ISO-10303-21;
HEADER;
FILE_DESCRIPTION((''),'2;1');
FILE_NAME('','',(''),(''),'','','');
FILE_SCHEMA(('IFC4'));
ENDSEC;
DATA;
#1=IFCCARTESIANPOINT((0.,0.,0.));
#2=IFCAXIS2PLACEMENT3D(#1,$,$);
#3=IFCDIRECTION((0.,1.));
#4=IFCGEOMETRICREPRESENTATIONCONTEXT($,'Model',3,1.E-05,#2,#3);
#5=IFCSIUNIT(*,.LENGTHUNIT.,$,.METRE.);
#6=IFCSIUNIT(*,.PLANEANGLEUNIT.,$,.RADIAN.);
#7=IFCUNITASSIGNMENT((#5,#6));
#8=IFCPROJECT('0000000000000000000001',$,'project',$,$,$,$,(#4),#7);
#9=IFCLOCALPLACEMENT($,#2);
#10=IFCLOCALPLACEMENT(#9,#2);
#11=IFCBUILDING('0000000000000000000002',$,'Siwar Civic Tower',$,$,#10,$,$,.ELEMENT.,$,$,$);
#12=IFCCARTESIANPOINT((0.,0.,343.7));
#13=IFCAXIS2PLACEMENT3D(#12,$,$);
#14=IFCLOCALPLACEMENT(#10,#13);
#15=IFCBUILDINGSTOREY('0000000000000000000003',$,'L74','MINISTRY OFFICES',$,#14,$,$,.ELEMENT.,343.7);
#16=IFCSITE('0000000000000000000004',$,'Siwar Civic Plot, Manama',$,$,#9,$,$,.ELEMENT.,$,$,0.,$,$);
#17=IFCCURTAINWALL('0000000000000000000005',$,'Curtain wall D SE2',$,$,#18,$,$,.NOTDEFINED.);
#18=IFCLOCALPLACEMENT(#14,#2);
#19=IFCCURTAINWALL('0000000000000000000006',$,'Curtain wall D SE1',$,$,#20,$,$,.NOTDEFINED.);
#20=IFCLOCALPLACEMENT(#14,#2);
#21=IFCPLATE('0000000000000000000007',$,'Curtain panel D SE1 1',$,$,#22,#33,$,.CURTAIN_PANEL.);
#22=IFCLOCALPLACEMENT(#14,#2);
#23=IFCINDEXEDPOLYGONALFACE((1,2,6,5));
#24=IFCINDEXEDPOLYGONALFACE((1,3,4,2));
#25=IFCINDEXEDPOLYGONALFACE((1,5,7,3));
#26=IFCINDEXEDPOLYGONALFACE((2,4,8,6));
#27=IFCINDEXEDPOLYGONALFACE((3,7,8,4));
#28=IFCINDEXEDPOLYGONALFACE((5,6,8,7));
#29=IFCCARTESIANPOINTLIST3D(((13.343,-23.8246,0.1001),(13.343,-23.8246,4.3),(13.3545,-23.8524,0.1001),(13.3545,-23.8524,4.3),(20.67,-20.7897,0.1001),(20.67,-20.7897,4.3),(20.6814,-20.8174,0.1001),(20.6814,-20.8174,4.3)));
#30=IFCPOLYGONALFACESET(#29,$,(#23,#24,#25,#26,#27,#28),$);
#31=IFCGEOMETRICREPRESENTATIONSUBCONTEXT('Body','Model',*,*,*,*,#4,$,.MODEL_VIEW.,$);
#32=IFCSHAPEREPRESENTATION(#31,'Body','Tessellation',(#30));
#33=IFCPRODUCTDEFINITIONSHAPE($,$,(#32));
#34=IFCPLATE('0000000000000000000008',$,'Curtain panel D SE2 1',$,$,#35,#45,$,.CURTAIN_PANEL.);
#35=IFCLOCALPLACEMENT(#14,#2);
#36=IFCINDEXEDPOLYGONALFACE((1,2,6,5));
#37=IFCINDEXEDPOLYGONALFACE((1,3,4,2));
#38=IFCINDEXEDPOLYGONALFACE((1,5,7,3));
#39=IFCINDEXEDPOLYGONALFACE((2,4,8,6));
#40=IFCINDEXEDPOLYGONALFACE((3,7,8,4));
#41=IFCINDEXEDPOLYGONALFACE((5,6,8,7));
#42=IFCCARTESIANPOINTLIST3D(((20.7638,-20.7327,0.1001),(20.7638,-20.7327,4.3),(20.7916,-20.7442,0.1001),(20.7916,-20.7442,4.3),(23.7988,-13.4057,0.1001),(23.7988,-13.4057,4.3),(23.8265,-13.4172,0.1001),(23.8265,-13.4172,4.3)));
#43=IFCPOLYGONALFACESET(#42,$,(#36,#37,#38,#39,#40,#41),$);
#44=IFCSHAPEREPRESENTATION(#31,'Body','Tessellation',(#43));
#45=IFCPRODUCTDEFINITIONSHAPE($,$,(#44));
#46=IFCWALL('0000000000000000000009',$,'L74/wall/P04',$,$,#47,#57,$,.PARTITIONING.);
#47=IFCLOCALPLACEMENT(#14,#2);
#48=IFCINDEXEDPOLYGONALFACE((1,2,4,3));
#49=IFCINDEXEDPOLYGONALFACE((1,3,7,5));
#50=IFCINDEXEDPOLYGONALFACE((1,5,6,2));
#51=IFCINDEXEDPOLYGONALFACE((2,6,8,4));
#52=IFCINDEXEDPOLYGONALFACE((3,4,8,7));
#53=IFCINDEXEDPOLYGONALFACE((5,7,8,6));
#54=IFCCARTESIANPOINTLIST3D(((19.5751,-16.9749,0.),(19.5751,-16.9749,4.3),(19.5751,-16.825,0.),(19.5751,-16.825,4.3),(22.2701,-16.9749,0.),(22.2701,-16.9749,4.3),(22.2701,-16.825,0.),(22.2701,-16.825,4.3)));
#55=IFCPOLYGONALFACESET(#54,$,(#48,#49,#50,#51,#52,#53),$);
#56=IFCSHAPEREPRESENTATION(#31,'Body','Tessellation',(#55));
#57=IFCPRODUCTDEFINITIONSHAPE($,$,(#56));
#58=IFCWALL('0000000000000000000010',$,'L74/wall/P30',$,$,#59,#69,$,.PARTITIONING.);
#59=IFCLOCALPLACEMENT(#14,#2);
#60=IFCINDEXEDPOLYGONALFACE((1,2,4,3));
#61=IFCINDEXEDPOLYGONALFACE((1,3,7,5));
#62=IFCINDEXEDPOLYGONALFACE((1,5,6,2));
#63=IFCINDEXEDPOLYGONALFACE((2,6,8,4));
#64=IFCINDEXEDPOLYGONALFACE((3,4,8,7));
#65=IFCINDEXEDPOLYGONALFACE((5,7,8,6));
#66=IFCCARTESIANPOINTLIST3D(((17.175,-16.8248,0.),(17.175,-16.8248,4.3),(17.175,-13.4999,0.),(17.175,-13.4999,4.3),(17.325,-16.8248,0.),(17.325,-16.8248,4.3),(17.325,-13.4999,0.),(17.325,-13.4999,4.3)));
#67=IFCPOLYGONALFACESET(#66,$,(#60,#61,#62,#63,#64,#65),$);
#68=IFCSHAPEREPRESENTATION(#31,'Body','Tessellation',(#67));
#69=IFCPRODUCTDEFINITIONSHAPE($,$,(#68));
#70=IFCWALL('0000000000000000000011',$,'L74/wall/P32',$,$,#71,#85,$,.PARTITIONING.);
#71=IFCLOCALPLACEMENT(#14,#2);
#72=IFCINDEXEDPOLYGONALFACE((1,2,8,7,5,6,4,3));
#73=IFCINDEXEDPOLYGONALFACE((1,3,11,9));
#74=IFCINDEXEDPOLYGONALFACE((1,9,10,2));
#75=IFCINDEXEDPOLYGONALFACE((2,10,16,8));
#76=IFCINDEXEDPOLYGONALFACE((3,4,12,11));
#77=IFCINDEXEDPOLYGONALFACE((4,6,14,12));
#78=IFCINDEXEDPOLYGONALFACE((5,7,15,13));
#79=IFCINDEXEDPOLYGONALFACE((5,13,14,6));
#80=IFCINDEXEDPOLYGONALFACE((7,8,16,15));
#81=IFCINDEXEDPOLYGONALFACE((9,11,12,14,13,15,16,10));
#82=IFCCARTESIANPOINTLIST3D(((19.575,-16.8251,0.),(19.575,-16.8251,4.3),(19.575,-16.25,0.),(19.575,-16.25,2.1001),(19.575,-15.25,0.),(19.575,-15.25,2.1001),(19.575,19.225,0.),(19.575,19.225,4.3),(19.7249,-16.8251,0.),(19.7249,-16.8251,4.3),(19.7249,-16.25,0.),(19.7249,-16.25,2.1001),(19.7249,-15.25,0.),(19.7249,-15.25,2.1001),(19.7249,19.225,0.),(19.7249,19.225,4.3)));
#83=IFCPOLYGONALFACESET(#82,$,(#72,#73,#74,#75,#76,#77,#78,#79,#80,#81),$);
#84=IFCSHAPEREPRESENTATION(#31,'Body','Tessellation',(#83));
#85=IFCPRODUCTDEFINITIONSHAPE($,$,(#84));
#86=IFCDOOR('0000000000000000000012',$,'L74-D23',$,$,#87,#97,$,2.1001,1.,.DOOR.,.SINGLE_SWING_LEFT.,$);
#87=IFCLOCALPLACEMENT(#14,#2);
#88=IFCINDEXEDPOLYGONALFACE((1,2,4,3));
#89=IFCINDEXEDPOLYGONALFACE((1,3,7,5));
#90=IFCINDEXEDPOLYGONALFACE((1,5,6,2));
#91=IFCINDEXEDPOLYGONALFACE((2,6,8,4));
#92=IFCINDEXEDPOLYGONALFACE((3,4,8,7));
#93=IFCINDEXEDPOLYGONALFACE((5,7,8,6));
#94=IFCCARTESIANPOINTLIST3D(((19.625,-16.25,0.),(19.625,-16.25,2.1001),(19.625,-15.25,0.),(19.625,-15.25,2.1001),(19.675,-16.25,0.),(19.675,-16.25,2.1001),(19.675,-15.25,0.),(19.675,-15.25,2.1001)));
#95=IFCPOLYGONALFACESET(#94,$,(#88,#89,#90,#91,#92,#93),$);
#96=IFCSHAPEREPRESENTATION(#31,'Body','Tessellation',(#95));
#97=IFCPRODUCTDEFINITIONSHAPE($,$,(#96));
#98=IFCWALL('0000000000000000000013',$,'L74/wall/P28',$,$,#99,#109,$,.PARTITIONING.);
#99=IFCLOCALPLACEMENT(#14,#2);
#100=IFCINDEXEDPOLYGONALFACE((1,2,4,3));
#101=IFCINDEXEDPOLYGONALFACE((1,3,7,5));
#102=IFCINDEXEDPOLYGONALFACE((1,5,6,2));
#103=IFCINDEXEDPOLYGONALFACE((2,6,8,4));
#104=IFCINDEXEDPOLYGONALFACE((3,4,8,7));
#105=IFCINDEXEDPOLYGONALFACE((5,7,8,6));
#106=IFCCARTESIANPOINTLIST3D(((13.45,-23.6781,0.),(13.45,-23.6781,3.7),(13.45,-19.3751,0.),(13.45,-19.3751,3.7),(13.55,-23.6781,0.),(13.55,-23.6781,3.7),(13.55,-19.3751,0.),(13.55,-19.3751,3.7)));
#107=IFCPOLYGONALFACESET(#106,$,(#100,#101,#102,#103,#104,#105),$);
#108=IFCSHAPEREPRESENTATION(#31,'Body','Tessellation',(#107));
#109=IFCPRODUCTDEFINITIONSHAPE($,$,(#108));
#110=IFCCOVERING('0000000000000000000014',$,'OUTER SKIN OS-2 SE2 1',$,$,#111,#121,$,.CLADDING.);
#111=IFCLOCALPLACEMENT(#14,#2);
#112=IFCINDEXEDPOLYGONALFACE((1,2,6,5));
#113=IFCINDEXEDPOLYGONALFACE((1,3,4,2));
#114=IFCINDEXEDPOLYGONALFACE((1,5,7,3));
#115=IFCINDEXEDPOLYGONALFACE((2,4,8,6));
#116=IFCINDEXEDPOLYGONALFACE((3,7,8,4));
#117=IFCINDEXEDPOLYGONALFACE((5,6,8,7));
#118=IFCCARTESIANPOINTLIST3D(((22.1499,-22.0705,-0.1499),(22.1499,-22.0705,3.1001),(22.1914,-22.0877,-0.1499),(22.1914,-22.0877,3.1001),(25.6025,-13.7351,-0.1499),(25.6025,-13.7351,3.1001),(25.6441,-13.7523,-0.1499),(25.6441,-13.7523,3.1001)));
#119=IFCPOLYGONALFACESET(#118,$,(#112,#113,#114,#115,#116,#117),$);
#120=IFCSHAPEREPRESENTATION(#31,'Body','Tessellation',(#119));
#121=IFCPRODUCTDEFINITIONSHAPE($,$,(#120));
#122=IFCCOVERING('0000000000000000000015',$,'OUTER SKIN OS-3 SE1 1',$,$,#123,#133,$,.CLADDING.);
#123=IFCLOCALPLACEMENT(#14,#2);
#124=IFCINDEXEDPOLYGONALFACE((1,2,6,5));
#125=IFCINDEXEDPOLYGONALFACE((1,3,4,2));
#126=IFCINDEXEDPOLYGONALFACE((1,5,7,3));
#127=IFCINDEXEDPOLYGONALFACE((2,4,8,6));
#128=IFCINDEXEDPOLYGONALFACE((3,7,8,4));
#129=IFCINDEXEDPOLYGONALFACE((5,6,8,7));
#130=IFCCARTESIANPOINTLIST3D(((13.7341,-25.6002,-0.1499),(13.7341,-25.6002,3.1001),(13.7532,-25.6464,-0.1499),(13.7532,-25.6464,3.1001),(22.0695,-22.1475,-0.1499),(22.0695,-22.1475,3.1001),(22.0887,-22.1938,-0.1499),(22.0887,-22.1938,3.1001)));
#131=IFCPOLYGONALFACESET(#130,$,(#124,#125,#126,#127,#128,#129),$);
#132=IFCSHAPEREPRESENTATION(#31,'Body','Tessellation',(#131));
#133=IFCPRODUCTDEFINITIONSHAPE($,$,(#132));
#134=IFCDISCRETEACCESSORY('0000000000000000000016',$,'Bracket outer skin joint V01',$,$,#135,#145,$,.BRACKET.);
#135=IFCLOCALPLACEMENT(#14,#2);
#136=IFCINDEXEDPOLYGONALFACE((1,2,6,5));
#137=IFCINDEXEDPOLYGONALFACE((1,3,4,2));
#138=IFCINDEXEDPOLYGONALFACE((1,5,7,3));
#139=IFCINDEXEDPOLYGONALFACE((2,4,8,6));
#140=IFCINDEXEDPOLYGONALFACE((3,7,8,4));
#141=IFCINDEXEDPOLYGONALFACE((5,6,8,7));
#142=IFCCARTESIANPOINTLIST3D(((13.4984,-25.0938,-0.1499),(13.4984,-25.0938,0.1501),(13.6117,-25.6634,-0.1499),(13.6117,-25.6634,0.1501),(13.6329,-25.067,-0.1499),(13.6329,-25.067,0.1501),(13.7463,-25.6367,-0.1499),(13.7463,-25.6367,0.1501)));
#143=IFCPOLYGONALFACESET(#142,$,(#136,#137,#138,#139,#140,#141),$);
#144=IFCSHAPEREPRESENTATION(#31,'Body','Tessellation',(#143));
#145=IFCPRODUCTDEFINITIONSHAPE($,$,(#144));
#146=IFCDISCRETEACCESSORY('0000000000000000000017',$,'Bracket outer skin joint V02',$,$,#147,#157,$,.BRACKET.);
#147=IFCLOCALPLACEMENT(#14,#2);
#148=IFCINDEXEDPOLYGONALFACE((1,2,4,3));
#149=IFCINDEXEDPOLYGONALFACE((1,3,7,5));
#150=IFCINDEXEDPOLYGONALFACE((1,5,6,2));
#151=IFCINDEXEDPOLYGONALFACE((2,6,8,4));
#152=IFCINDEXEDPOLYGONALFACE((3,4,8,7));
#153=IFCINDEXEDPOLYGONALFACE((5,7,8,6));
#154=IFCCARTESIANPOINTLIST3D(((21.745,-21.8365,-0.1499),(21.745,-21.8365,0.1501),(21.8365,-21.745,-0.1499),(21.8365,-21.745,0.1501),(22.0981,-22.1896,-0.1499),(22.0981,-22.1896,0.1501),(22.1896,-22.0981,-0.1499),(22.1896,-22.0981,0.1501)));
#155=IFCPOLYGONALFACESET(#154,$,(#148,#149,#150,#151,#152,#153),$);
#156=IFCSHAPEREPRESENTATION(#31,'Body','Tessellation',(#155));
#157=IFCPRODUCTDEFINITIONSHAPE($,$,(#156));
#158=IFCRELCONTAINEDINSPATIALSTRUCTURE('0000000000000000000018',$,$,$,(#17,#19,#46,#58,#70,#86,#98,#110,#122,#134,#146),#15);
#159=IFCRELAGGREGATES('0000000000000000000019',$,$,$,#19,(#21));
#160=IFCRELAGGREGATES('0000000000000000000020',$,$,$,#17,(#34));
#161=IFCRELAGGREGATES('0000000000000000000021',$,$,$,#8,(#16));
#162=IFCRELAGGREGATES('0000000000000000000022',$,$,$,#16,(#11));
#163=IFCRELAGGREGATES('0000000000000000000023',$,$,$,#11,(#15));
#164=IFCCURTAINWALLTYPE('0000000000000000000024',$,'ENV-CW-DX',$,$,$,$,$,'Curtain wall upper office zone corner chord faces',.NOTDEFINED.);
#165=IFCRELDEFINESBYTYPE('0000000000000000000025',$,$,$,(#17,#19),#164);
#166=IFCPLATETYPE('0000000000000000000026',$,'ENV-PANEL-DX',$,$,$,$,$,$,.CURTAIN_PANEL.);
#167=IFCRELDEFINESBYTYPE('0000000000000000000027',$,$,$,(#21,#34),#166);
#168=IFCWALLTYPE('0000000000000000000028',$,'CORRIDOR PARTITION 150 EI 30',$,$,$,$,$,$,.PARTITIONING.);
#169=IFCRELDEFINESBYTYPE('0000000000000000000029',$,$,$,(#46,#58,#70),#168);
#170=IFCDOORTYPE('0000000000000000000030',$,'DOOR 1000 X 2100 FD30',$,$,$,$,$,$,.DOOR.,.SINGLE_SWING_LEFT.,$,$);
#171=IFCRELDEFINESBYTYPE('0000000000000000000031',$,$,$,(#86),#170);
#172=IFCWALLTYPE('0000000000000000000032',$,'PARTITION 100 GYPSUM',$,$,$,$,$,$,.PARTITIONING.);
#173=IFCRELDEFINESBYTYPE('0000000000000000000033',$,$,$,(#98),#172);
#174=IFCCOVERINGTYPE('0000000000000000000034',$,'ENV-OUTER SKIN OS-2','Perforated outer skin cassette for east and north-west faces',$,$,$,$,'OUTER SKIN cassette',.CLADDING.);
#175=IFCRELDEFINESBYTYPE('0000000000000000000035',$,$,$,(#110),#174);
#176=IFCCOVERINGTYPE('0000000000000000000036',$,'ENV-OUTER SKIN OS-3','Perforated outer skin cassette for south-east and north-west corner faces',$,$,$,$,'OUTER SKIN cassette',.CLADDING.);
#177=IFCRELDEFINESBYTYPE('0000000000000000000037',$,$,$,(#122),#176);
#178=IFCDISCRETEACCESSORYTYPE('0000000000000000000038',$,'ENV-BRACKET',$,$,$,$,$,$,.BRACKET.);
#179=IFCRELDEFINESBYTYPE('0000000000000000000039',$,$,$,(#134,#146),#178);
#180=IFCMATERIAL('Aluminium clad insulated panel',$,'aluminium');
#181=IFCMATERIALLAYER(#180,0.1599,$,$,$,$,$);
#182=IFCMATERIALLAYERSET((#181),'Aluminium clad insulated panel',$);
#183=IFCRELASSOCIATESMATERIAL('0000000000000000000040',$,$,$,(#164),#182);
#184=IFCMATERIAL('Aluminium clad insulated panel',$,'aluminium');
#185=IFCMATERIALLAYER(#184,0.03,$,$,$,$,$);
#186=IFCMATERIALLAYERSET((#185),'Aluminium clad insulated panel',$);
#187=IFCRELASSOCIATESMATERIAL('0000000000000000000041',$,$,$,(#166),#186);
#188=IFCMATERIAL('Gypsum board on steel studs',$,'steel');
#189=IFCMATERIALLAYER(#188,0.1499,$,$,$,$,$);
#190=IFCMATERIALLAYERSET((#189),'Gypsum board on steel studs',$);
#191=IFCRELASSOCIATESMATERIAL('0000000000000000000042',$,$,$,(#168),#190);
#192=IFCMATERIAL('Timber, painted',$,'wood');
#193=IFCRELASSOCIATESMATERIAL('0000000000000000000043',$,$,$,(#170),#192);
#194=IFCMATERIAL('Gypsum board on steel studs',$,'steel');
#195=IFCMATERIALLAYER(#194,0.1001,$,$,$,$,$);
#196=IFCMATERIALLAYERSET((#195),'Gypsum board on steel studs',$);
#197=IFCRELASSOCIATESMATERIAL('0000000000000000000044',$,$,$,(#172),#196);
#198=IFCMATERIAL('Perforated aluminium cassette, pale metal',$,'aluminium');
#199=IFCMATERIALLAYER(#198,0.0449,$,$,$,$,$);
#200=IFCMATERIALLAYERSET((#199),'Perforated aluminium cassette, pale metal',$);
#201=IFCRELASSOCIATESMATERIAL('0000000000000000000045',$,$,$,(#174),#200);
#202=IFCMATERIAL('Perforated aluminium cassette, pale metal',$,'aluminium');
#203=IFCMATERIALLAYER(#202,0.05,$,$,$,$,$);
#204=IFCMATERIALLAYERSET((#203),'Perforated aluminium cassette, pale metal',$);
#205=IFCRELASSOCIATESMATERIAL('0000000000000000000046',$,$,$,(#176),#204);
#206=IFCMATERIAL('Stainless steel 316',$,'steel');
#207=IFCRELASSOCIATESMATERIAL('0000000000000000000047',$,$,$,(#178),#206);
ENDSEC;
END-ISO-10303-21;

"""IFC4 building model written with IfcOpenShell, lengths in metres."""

from ifc_helpers import new_model, si_unit, direction, frame, frame_2d, origin, origin_2d, place, context, subcontext, project, spatial, rectangle, extrude, material, layer, layer_set, type_object, element, fill, aggregate, save


model = new_model("IFC4")

# Units and contexts
model_context = context("Model", 3, precision=1e-05, world=origin(), true_north=direction((0.0, 1.0)))
body_context = subcontext(model_context, "Body", "Model", "MODEL_VIEW")
ifc_project = project(units=[si_unit("LENGTHUNIT", "METRE"), si_unit("PLANEANGLEUNIT", "RADIAN")], contexts=[model_context])

# Site, building, storey
site_placement = place(None, origin())
site = spatial("IfcSite", under=ifc_project, at=site_placement, Name="Siwar Civic Plot, Manama", CompositionType="ELEMENT", RefElevation=0.0)
building_placement = place(site_placement, origin())
building = spatial("IfcBuilding", under=site, at=building_placement, Name="Siwar Civic Tower", CompositionType="ELEMENT")
storey_placement = place(building_placement, frame((0.0, 0.0, 343.7)))
storey = spatial("IfcBuildingStorey", under=building, at=storey_placement, Name="L74", Description="MINISTRY OFFICES", CompositionType="ELEMENT", Elevation=343.7)

# Curtain wall
ifc_material_1 = material(Name="Aluminium clad insulated panel", Category="aluminium")
ifc_layer_1 = layer(ifc_material_1, 0.1599)
ifc_layer_set_1 = layer_set([ifc_layer_1], Name="Aluminium clad insulated panel")
curtain_wall_type = type_object("IfcCurtainWallType", Name="ENV-CW-DX", ElementType="Curtain wall upper office zone corner chord faces", PredefinedType="NOTDEFINED", material=ifc_layer_set_1)
curtain_wall_1_placement = place(storey_placement, origin())
curtain_wall_1 = element("IfcCurtainWall", 1, at=curtain_wall_1_placement, inside=storey, type_object=curtain_wall_type, Name="Curtain wall D SE2", PredefinedType="NOTDEFINED")

# Curtain wall, plate
curtain_wall_2_placement = place(storey_placement, origin())
curtain_wall_2 = element("IfcCurtainWall", 2, at=curtain_wall_2_placement, inside=storey, type_object=curtain_wall_type, Name="Curtain wall D SE1", PredefinedType="NOTDEFINED")
ifc_material_2 = material(Name="Aluminium clad insulated panel", Category="aluminium")
ifc_layer_2 = layer(ifc_material_2, 0.03)
ifc_layer_set_2 = layer_set([ifc_layer_2], Name="Aluminium clad insulated panel")
plate_type = type_object("IfcPlateType", Name="ENV-PANEL-DX", PredefinedType="CURTAIN_PANEL", material=ifc_layer_set_2)
plate_1_placement = place(storey_placement, frame((17.0122, -22.321, 0.1001), z_axis=(0.0, 0.0, 1.0), x_axis=(0.92388, 0.382683, 0.0)))
plate_1 = element("IfcPlate", 3, at=plate_1_placement, type_object=plate_type, Name="Curtain panel D SE1 1", PredefinedType="CURTAIN_PANEL", context=body_context, shape_type="SweptSolid", body=[
    extrude(rectangle(XDim=7.9307, YDim=0.03, at=origin_2d()), origin(), (0.0, 0.0, 1.0), 4.2),
])
aggregate(curtain_wall_2, [plate_1])

# Plate
plate_2_placement = place(storey_placement, frame((22.2952, -17.075, 0.1001), z_axis=(0.0, 0.0, 1.0), x_axis=(0.382683, 0.92388, 0.0)))
plate_2 = element("IfcPlate", 4, at=plate_2_placement, type_object=plate_type, Name="Curtain panel D SE2 1", PredefinedType="CURTAIN_PANEL", context=body_context, shape_type="SweptSolid", body=[
    extrude(rectangle(XDim=7.9307, YDim=0.03, at=origin_2d()), origin(), (0.0, 0.0, 1.0), 4.2),
])
aggregate(curtain_wall_1, [plate_2])

# Walls
ifc_material_3 = material(Name="Gypsum board on steel studs", Category="steel")
ifc_layer_3 = layer(ifc_material_3, 0.1499)
ifc_layer_set_3 = layer_set([ifc_layer_3], Name="Gypsum board on steel studs")
wall_type_1 = type_object("IfcWallType", Name="CORRIDOR PARTITION 150 EI 30", PredefinedType="PARTITIONING", material=ifc_layer_set_3)
wall_1_placement = place(storey_placement, frame((19.575, -16.8999, 0.0), z_axis=(0.0, 0.0, 1.0), x_axis=(1.0, 0.0, 0.0)))
element("IfcWall", 5, at=wall_1_placement, inside=storey, type_object=wall_type_1, Name="L74/wall/P04", PredefinedType="PARTITIONING", context=body_context, shape_type="SweptSolid", body=[
    extrude(rectangle(XDim=2.6951, YDim=0.1499, at=frame_2d((1.3477, 0.0))), origin(), (0.0, 0.0, 1.0), 4.3),
])
wall_2_placement = place(storey_placement, frame((17.25, -16.825, 0.0), z_axis=(0.0, 0.0, 1.0), x_axis=(0.0, 1.0, 0.0)))
element("IfcWall", 6, at=wall_2_placement, inside=storey, type_object=wall_type_1, Name="L74/wall/P30", PredefinedType="PARTITIONING", context=body_context, shape_type="SweptSolid", body=[
    extrude(rectangle(XDim=3.325, YDim=0.1499, at=frame_2d((1.6626, 0.0))), origin(), (0.0, 0.0, 1.0), 4.3),
])

# Wall, opening, door
wall_3_placement = place(storey_placement, frame((19.6499, -16.825, 0.0), z_axis=(0.0, 0.0, 1.0), x_axis=(0.0, 1.0, 0.0)))
wall_3 = element("IfcWall", 7, at=wall_3_placement, inside=storey, type_object=wall_type_1, Name="L74/wall/P32", PredefinedType="PARTITIONING", context=body_context, shape_type="SweptSolid", body=[
    extrude(rectangle(XDim=36.05, YDim=0.1499, at=frame_2d((18.0249, 0.0))), origin(), (0.0, 0.0, 1.0), 4.3),
])
opening_placement = place(wall_3_placement, frame((0.575, 0.0, 0.0)))
opening = element("IfcOpeningElement", 8, at=opening_placement, cuts=wall_3, PredefinedType="OPENING", context=body_context, shape_type="SweptSolid", body=[
    extrude(rectangle(XDim=1.0, YDim=2.1001, at=frame_2d((0.5, 1.05))), frame((0.0, 0.085, 0.0), z_axis=(0.0, -1.0, 0.0), x_axis=(1.0, 0.0, 0.0)), (0.0, 0.0, 1.0), 0.1699),
])
ifc_material_4 = material(Name="Timber, painted", Category="wood")
door_type = type_object("IfcDoorType", Name="DOOR 1000 X 2100 FD30", OperationType="SINGLE_SWING_LEFT", PredefinedType="DOOR", material=ifc_material_4)
door_placement = place(opening_placement, origin())
door = element("IfcDoor", 9, at=door_placement, inside=storey, type_object=door_type, Name="L74-D23", OperationType="SINGLE_SWING_LEFT", OverallHeight=2.1001, OverallWidth=1.0, PredefinedType="DOOR", context=body_context, shape_type="SweptSolid", body=[
    extrude(rectangle(XDim=1.0, YDim=2.1001, at=frame_2d((0.5, 1.05))), frame((0.0, 0.0249, 0.0), z_axis=(0.0, -1.0, 0.0), x_axis=(1.0, 0.0, 0.0)), (0.0, 0.0, 1.0), 0.05),
])
fill(opening, door)

# Wall
ifc_material_5 = material(Name="Gypsum board on steel studs", Category="steel")
ifc_layer_4 = layer(ifc_material_5, 0.1001)
ifc_layer_set_4 = layer_set([ifc_layer_4], Name="Gypsum board on steel studs")
wall_type_2 = type_object("IfcWallType", Name="PARTITION 100 GYPSUM", PredefinedType="PARTITIONING", material=ifc_layer_set_4)
wall_4_placement = place(storey_placement, frame((13.5, -23.678, 0.0), z_axis=(0.0, 0.0, 1.0), x_axis=(0.0, 1.0, 0.0)))
element("IfcWall", 10, at=wall_4_placement, inside=storey, type_object=wall_type_2, Name="L74/wall/P28", PredefinedType="PARTITIONING", context=body_context, shape_type="SweptSolid", body=[
    extrude(rectangle(XDim=4.303, YDim=0.1001, at=frame_2d((2.1514, 0.0))), origin(), (0.0, 0.0, 1.0), 3.7),
])

# Coverings
ifc_material_6 = material(Name="Perforated aluminium cassette, pale metal", Category="aluminium")
ifc_layer_5 = layer(ifc_material_6, 0.0449)
ifc_layer_set_5 = layer_set([ifc_layer_5], Name="Perforated aluminium cassette, pale metal")
covering_type_1 = type_object("IfcCoveringType", Name="ENV-OUTER SKIN OS-2", Description="Perforated outer skin cassette for east and north-west faces", ElementType="OUTER SKIN cassette", PredefinedType="CLADDING", material=ifc_layer_set_5)
covering_1_placement = place(storey_placement, frame((23.897, -17.9114, -0.1499), z_axis=(0.0, 0.0, 1.0), x_axis=(0.382683, 0.92388, 0.0)))
element("IfcCovering", 11, at=covering_1_placement, inside=storey, type_object=covering_type_1, Name="OUTER SKIN OS-2 SE2 1", PredefinedType="CLADDING", context=body_context, shape_type="SweptSolid", body=[
    extrude(rectangle(XDim=9.0222, YDim=0.0449, at=origin_2d()), origin(), (0.0, 0.0, 1.0), 3.25),
])
ifc_material_7 = material(Name="Perforated aluminium cassette, pale metal", Category="aluminium")
ifc_layer_6 = layer(ifc_material_7, 0.05)
ifc_layer_set_6 = layer_set([ifc_layer_6], Name="Perforated aluminium cassette, pale metal")
covering_type_2 = type_object("IfcCoveringType", Name="ENV-OUTER SKIN OS-3", Description="Perforated outer skin cassette for south-east and north-west corner faces", ElementType="OUTER SKIN cassette", PredefinedType="CLADDING", material=ifc_layer_set_6)
covering_2_placement = place(storey_placement, frame((17.9114, -23.897, -0.1499), z_axis=(0.0, 0.0, 1.0), x_axis=(0.92388, 0.382683, 0.0)))
element("IfcCovering", 12, at=covering_2_placement, inside=storey, type_object=covering_type_2, Name="OUTER SKIN OS-3 SE1 1", PredefinedType="CLADDING", context=body_context, shape_type="SweptSolid", body=[
    extrude(rectangle(XDim=9.0222, YDim=0.05, at=origin_2d()), origin(), (0.0, 0.0, 1.0), 3.25),
])

# Discrete accessories
ifc_material_8 = material(Name="Stainless steel 316", Category="steel")
discrete_accessory_type = type_object("IfcDiscreteAccessoryType", Name="ENV-BRACKET", PredefinedType="BRACKET", material=ifc_material_8)
discrete_accessory_1_placement = place(storey_placement, frame((13.6223, -25.3652, -0.1499), z_axis=(0.0, 0.0, 1.0), x_axis=(0.19509, -0.980785, 0.0)))
element("IfcDiscreteAccessory", 13, at=discrete_accessory_1_placement, inside=storey, type_object=discrete_accessory_type, Name="Bracket outer skin joint V01", PredefinedType="BRACKET", context=body_context, shape_type="SweptSolid", body=[
    extrude(rectangle(XDim=0.5808, YDim=0.1372, at=origin_2d()), origin(), (0.0, 0.0, 1.0), 0.3),
])
discrete_accessory_2_placement = place(storey_placement, frame((21.9673, -21.9673, -0.1499), z_axis=(0.0, 0.0, 1.0), x_axis=(0.707107, -0.707107, 0.0)))
element("IfcDiscreteAccessory", 14, at=discrete_accessory_2_placement, inside=storey, type_object=discrete_accessory_type, Name="Bracket outer skin joint V02", PredefinedType="BRACKET", context=body_context, shape_type="SweptSolid", body=[
    extrude(rectangle(XDim=0.4993, YDim=0.1294, at=origin_2d()), origin(), (0.0, 0.0, 1.0), 0.3),
])

save(model, "model.ifc")
